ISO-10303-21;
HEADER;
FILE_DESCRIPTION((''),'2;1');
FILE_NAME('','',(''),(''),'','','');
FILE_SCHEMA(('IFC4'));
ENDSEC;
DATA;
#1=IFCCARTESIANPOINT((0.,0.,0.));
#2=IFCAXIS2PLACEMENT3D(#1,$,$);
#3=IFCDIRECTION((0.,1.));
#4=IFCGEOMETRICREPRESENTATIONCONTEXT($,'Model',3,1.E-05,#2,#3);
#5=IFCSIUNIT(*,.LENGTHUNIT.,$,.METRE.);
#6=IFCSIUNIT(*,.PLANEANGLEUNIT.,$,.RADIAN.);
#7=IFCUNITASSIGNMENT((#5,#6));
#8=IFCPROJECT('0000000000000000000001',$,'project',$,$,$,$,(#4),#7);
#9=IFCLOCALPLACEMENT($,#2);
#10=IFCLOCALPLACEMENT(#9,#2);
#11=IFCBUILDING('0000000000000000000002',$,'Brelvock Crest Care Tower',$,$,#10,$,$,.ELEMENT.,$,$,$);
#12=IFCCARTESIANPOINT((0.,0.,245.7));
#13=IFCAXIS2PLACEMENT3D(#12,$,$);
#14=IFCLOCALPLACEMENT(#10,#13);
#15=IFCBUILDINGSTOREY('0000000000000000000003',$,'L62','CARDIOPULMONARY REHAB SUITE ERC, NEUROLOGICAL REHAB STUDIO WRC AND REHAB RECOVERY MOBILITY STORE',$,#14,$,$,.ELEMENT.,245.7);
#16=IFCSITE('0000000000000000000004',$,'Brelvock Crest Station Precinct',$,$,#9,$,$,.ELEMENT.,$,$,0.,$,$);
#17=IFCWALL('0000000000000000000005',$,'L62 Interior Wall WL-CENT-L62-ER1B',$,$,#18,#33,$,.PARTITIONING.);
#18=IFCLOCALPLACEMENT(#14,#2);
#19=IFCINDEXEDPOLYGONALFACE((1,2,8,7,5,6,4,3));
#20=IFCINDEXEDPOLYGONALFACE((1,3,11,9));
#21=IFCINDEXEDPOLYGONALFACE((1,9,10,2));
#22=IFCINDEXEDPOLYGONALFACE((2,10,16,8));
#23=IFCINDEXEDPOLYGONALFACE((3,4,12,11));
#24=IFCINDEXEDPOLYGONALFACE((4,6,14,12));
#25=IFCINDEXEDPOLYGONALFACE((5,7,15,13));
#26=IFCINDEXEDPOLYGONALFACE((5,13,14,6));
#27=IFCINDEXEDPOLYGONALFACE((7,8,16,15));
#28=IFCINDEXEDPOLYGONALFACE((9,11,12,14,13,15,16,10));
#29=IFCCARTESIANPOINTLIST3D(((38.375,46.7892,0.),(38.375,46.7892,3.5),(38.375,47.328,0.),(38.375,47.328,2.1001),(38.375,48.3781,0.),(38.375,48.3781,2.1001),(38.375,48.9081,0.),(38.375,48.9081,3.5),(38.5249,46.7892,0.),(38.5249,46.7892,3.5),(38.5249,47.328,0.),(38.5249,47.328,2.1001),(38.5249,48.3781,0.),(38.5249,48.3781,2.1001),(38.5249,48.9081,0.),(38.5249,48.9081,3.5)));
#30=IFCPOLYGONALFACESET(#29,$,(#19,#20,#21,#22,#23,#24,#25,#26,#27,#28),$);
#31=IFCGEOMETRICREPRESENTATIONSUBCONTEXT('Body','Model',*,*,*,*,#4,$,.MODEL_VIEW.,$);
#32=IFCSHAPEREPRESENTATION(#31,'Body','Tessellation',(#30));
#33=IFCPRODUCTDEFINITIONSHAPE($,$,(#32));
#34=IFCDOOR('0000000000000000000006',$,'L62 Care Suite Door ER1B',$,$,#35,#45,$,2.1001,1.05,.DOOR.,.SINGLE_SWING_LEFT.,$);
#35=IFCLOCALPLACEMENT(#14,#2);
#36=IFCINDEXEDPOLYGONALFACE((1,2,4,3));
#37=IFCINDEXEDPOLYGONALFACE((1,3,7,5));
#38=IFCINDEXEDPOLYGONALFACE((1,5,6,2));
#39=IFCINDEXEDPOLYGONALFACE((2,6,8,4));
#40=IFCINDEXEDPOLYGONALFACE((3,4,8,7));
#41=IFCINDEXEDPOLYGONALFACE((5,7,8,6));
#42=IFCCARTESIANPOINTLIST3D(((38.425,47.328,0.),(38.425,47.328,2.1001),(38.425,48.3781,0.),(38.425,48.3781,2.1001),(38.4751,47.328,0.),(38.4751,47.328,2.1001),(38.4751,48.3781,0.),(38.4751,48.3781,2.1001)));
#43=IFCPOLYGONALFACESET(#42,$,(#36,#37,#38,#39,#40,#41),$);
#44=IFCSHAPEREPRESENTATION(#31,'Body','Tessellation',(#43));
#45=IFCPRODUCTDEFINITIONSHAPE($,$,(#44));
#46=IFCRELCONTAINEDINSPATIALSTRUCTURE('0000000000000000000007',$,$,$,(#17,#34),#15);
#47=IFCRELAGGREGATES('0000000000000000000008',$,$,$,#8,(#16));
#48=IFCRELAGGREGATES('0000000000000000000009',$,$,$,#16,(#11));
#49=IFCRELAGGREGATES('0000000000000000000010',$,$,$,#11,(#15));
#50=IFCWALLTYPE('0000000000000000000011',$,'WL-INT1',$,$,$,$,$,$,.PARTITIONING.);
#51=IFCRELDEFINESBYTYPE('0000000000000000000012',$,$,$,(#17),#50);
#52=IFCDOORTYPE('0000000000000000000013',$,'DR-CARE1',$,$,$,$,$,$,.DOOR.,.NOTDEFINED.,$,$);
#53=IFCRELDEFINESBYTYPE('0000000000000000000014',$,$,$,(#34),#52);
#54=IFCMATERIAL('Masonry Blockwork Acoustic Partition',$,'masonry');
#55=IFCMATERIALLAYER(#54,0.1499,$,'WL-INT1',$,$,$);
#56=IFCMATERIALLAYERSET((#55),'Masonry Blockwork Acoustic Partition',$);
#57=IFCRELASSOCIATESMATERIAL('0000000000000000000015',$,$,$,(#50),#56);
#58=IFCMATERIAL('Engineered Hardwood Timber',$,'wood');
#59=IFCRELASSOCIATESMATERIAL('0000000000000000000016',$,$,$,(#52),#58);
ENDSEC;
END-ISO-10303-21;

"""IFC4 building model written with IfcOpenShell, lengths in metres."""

from ifc_helpers import new_model, si_unit, direction, frame, frame_2d, origin, origin_2d, place, context, subcontext, project, spatial, rectangle, extrude, source, transform, mapped, material, layer, layer_set, type_object, element, fill, save


model = new_model("IFC4")

# Units and contexts
model_context = context("Model", 3, precision=1e-05, world=origin(), true_north=direction((0.0, 1.0)))
body_context = subcontext(model_context, "Body", "Model", "MODEL_VIEW")
ifc_project = project(units=[si_unit("LENGTHUNIT", "METRE"), si_unit("PLANEANGLEUNIT", "RADIAN")], contexts=[model_context])

# Site, building, storey
site_placement = place(None, origin())
site = spatial("IfcSite", under=ifc_project, at=site_placement, Name="Brelvock Crest Station Precinct", CompositionType="ELEMENT", RefElevation=0.0)
building_placement = place(site_placement, origin())
building = spatial("IfcBuilding", under=site, at=building_placement, Name="Brelvock Crest Care Tower", CompositionType="ELEMENT")
storey_placement = place(building_placement, frame((0.0, 0.0, 245.7)))
storey = spatial("IfcBuildingStorey", under=building, at=storey_placement, Name="L62", Description="CARDIOPULMONARY REHAB SUITE ERC, NEUROLOGICAL REHAB STUDIO WRC AND REHAB RECOVERY MOBILITY STORE", CompositionType="ELEMENT", Elevation=245.7)

# Shared definitions
ifc_material_1 = material(Name="Masonry Blockwork Acoustic Partition", Category="masonry")
ifc_layer = layer(ifc_material_1, 0.1499, Name="WL-INT1")
ifc_layer_set = layer_set([ifc_layer], Name="Masonry Blockwork Acoustic Partition")
wall_type = type_object("IfcWallType", Name="WL-INT1", PredefinedType="PARTITIONING", material=ifc_layer_set)

# Shared definitions
ifc_material_2 = material(Name="Engineered Hardwood Timber", Category="wood")
door_type_1 = type_object("IfcDoorType", Name="DR-CARE1", OperationType="NOTDEFINED", PredefinedType="DOOR", material=ifc_material_2)
shared_shape_1 = source(origin(), body_context, "Body", "SweptSolid", [
    extrude(rectangle(XDim=1.05, YDim=2.1001, at=origin_2d()), frame((0.5249, 0.0249, 1.05), z_axis=(0.0, -1.0, 0.0), x_axis=(1.0, 0.0, 0.0)), (0.0, 0.0, 1.0), 0.05),
])

# Wall, opening, door
wall_1_placement = place(storey_placement, frame((38.45, 46.7891, 0.0), z_axis=(0.0, 0.0, 1.0), x_axis=(0.0, 1.0, 0.0)))
wall_1 = element("IfcWall", 1, at=wall_1_placement, inside=storey, type_object=wall_type, Name="L62 Interior Wall WL-CENT-L62-ER1B", PredefinedType="PARTITIONING", context=body_context, shape_type="SweptSolid", body=[
    extrude(rectangle(XDim=2.1189, YDim=0.1499, at=frame_2d((1.0596, 0.0))), origin(), (0.0, 0.0, 1.0), 3.5),
])
opening_1_placement = place(wall_1_placement, frame((0.5391, 0.0, 0.0)))
opening_1 = element("IfcOpeningElement", 2, at=opening_1_placement, cuts=wall_1, PredefinedType="OPENING", context=body_context, shape_type="SweptSolid", body=[
    extrude(rectangle(XDim=1.05, YDim=2.1001, at=origin_2d()), frame((0.5249, 0.085, 1.05), z_axis=(0.0, -1.0, 0.0), x_axis=(1.0, 0.0, 0.0)), (0.0, 0.0, 1.0), 0.1699),
])
door_1_placement = place(opening_1_placement, origin())
door_1 = element("IfcDoor", 3, at=door_1_placement, inside=storey, type_object=door_type_1, Name="L62 Care Suite Door ER1B", OperationType="SINGLE_SWING_LEFT", OverallHeight=2.1001, OverallWidth=1.05, PredefinedType="DOOR", context=body_context, shape_type="MappedRepresentation", body=[
    mapped(shared_shape_1, transform((0.0, 0.0, 0.0), x_axis=(1.0, 0.0, 0.0), y_axis=(0.0, 1.0, 0.0), z_axis=(0.0, 0.0, 1.0), scale=1.0)),
])
fill(opening_1, door_1)

save(model, "model.ifc")
